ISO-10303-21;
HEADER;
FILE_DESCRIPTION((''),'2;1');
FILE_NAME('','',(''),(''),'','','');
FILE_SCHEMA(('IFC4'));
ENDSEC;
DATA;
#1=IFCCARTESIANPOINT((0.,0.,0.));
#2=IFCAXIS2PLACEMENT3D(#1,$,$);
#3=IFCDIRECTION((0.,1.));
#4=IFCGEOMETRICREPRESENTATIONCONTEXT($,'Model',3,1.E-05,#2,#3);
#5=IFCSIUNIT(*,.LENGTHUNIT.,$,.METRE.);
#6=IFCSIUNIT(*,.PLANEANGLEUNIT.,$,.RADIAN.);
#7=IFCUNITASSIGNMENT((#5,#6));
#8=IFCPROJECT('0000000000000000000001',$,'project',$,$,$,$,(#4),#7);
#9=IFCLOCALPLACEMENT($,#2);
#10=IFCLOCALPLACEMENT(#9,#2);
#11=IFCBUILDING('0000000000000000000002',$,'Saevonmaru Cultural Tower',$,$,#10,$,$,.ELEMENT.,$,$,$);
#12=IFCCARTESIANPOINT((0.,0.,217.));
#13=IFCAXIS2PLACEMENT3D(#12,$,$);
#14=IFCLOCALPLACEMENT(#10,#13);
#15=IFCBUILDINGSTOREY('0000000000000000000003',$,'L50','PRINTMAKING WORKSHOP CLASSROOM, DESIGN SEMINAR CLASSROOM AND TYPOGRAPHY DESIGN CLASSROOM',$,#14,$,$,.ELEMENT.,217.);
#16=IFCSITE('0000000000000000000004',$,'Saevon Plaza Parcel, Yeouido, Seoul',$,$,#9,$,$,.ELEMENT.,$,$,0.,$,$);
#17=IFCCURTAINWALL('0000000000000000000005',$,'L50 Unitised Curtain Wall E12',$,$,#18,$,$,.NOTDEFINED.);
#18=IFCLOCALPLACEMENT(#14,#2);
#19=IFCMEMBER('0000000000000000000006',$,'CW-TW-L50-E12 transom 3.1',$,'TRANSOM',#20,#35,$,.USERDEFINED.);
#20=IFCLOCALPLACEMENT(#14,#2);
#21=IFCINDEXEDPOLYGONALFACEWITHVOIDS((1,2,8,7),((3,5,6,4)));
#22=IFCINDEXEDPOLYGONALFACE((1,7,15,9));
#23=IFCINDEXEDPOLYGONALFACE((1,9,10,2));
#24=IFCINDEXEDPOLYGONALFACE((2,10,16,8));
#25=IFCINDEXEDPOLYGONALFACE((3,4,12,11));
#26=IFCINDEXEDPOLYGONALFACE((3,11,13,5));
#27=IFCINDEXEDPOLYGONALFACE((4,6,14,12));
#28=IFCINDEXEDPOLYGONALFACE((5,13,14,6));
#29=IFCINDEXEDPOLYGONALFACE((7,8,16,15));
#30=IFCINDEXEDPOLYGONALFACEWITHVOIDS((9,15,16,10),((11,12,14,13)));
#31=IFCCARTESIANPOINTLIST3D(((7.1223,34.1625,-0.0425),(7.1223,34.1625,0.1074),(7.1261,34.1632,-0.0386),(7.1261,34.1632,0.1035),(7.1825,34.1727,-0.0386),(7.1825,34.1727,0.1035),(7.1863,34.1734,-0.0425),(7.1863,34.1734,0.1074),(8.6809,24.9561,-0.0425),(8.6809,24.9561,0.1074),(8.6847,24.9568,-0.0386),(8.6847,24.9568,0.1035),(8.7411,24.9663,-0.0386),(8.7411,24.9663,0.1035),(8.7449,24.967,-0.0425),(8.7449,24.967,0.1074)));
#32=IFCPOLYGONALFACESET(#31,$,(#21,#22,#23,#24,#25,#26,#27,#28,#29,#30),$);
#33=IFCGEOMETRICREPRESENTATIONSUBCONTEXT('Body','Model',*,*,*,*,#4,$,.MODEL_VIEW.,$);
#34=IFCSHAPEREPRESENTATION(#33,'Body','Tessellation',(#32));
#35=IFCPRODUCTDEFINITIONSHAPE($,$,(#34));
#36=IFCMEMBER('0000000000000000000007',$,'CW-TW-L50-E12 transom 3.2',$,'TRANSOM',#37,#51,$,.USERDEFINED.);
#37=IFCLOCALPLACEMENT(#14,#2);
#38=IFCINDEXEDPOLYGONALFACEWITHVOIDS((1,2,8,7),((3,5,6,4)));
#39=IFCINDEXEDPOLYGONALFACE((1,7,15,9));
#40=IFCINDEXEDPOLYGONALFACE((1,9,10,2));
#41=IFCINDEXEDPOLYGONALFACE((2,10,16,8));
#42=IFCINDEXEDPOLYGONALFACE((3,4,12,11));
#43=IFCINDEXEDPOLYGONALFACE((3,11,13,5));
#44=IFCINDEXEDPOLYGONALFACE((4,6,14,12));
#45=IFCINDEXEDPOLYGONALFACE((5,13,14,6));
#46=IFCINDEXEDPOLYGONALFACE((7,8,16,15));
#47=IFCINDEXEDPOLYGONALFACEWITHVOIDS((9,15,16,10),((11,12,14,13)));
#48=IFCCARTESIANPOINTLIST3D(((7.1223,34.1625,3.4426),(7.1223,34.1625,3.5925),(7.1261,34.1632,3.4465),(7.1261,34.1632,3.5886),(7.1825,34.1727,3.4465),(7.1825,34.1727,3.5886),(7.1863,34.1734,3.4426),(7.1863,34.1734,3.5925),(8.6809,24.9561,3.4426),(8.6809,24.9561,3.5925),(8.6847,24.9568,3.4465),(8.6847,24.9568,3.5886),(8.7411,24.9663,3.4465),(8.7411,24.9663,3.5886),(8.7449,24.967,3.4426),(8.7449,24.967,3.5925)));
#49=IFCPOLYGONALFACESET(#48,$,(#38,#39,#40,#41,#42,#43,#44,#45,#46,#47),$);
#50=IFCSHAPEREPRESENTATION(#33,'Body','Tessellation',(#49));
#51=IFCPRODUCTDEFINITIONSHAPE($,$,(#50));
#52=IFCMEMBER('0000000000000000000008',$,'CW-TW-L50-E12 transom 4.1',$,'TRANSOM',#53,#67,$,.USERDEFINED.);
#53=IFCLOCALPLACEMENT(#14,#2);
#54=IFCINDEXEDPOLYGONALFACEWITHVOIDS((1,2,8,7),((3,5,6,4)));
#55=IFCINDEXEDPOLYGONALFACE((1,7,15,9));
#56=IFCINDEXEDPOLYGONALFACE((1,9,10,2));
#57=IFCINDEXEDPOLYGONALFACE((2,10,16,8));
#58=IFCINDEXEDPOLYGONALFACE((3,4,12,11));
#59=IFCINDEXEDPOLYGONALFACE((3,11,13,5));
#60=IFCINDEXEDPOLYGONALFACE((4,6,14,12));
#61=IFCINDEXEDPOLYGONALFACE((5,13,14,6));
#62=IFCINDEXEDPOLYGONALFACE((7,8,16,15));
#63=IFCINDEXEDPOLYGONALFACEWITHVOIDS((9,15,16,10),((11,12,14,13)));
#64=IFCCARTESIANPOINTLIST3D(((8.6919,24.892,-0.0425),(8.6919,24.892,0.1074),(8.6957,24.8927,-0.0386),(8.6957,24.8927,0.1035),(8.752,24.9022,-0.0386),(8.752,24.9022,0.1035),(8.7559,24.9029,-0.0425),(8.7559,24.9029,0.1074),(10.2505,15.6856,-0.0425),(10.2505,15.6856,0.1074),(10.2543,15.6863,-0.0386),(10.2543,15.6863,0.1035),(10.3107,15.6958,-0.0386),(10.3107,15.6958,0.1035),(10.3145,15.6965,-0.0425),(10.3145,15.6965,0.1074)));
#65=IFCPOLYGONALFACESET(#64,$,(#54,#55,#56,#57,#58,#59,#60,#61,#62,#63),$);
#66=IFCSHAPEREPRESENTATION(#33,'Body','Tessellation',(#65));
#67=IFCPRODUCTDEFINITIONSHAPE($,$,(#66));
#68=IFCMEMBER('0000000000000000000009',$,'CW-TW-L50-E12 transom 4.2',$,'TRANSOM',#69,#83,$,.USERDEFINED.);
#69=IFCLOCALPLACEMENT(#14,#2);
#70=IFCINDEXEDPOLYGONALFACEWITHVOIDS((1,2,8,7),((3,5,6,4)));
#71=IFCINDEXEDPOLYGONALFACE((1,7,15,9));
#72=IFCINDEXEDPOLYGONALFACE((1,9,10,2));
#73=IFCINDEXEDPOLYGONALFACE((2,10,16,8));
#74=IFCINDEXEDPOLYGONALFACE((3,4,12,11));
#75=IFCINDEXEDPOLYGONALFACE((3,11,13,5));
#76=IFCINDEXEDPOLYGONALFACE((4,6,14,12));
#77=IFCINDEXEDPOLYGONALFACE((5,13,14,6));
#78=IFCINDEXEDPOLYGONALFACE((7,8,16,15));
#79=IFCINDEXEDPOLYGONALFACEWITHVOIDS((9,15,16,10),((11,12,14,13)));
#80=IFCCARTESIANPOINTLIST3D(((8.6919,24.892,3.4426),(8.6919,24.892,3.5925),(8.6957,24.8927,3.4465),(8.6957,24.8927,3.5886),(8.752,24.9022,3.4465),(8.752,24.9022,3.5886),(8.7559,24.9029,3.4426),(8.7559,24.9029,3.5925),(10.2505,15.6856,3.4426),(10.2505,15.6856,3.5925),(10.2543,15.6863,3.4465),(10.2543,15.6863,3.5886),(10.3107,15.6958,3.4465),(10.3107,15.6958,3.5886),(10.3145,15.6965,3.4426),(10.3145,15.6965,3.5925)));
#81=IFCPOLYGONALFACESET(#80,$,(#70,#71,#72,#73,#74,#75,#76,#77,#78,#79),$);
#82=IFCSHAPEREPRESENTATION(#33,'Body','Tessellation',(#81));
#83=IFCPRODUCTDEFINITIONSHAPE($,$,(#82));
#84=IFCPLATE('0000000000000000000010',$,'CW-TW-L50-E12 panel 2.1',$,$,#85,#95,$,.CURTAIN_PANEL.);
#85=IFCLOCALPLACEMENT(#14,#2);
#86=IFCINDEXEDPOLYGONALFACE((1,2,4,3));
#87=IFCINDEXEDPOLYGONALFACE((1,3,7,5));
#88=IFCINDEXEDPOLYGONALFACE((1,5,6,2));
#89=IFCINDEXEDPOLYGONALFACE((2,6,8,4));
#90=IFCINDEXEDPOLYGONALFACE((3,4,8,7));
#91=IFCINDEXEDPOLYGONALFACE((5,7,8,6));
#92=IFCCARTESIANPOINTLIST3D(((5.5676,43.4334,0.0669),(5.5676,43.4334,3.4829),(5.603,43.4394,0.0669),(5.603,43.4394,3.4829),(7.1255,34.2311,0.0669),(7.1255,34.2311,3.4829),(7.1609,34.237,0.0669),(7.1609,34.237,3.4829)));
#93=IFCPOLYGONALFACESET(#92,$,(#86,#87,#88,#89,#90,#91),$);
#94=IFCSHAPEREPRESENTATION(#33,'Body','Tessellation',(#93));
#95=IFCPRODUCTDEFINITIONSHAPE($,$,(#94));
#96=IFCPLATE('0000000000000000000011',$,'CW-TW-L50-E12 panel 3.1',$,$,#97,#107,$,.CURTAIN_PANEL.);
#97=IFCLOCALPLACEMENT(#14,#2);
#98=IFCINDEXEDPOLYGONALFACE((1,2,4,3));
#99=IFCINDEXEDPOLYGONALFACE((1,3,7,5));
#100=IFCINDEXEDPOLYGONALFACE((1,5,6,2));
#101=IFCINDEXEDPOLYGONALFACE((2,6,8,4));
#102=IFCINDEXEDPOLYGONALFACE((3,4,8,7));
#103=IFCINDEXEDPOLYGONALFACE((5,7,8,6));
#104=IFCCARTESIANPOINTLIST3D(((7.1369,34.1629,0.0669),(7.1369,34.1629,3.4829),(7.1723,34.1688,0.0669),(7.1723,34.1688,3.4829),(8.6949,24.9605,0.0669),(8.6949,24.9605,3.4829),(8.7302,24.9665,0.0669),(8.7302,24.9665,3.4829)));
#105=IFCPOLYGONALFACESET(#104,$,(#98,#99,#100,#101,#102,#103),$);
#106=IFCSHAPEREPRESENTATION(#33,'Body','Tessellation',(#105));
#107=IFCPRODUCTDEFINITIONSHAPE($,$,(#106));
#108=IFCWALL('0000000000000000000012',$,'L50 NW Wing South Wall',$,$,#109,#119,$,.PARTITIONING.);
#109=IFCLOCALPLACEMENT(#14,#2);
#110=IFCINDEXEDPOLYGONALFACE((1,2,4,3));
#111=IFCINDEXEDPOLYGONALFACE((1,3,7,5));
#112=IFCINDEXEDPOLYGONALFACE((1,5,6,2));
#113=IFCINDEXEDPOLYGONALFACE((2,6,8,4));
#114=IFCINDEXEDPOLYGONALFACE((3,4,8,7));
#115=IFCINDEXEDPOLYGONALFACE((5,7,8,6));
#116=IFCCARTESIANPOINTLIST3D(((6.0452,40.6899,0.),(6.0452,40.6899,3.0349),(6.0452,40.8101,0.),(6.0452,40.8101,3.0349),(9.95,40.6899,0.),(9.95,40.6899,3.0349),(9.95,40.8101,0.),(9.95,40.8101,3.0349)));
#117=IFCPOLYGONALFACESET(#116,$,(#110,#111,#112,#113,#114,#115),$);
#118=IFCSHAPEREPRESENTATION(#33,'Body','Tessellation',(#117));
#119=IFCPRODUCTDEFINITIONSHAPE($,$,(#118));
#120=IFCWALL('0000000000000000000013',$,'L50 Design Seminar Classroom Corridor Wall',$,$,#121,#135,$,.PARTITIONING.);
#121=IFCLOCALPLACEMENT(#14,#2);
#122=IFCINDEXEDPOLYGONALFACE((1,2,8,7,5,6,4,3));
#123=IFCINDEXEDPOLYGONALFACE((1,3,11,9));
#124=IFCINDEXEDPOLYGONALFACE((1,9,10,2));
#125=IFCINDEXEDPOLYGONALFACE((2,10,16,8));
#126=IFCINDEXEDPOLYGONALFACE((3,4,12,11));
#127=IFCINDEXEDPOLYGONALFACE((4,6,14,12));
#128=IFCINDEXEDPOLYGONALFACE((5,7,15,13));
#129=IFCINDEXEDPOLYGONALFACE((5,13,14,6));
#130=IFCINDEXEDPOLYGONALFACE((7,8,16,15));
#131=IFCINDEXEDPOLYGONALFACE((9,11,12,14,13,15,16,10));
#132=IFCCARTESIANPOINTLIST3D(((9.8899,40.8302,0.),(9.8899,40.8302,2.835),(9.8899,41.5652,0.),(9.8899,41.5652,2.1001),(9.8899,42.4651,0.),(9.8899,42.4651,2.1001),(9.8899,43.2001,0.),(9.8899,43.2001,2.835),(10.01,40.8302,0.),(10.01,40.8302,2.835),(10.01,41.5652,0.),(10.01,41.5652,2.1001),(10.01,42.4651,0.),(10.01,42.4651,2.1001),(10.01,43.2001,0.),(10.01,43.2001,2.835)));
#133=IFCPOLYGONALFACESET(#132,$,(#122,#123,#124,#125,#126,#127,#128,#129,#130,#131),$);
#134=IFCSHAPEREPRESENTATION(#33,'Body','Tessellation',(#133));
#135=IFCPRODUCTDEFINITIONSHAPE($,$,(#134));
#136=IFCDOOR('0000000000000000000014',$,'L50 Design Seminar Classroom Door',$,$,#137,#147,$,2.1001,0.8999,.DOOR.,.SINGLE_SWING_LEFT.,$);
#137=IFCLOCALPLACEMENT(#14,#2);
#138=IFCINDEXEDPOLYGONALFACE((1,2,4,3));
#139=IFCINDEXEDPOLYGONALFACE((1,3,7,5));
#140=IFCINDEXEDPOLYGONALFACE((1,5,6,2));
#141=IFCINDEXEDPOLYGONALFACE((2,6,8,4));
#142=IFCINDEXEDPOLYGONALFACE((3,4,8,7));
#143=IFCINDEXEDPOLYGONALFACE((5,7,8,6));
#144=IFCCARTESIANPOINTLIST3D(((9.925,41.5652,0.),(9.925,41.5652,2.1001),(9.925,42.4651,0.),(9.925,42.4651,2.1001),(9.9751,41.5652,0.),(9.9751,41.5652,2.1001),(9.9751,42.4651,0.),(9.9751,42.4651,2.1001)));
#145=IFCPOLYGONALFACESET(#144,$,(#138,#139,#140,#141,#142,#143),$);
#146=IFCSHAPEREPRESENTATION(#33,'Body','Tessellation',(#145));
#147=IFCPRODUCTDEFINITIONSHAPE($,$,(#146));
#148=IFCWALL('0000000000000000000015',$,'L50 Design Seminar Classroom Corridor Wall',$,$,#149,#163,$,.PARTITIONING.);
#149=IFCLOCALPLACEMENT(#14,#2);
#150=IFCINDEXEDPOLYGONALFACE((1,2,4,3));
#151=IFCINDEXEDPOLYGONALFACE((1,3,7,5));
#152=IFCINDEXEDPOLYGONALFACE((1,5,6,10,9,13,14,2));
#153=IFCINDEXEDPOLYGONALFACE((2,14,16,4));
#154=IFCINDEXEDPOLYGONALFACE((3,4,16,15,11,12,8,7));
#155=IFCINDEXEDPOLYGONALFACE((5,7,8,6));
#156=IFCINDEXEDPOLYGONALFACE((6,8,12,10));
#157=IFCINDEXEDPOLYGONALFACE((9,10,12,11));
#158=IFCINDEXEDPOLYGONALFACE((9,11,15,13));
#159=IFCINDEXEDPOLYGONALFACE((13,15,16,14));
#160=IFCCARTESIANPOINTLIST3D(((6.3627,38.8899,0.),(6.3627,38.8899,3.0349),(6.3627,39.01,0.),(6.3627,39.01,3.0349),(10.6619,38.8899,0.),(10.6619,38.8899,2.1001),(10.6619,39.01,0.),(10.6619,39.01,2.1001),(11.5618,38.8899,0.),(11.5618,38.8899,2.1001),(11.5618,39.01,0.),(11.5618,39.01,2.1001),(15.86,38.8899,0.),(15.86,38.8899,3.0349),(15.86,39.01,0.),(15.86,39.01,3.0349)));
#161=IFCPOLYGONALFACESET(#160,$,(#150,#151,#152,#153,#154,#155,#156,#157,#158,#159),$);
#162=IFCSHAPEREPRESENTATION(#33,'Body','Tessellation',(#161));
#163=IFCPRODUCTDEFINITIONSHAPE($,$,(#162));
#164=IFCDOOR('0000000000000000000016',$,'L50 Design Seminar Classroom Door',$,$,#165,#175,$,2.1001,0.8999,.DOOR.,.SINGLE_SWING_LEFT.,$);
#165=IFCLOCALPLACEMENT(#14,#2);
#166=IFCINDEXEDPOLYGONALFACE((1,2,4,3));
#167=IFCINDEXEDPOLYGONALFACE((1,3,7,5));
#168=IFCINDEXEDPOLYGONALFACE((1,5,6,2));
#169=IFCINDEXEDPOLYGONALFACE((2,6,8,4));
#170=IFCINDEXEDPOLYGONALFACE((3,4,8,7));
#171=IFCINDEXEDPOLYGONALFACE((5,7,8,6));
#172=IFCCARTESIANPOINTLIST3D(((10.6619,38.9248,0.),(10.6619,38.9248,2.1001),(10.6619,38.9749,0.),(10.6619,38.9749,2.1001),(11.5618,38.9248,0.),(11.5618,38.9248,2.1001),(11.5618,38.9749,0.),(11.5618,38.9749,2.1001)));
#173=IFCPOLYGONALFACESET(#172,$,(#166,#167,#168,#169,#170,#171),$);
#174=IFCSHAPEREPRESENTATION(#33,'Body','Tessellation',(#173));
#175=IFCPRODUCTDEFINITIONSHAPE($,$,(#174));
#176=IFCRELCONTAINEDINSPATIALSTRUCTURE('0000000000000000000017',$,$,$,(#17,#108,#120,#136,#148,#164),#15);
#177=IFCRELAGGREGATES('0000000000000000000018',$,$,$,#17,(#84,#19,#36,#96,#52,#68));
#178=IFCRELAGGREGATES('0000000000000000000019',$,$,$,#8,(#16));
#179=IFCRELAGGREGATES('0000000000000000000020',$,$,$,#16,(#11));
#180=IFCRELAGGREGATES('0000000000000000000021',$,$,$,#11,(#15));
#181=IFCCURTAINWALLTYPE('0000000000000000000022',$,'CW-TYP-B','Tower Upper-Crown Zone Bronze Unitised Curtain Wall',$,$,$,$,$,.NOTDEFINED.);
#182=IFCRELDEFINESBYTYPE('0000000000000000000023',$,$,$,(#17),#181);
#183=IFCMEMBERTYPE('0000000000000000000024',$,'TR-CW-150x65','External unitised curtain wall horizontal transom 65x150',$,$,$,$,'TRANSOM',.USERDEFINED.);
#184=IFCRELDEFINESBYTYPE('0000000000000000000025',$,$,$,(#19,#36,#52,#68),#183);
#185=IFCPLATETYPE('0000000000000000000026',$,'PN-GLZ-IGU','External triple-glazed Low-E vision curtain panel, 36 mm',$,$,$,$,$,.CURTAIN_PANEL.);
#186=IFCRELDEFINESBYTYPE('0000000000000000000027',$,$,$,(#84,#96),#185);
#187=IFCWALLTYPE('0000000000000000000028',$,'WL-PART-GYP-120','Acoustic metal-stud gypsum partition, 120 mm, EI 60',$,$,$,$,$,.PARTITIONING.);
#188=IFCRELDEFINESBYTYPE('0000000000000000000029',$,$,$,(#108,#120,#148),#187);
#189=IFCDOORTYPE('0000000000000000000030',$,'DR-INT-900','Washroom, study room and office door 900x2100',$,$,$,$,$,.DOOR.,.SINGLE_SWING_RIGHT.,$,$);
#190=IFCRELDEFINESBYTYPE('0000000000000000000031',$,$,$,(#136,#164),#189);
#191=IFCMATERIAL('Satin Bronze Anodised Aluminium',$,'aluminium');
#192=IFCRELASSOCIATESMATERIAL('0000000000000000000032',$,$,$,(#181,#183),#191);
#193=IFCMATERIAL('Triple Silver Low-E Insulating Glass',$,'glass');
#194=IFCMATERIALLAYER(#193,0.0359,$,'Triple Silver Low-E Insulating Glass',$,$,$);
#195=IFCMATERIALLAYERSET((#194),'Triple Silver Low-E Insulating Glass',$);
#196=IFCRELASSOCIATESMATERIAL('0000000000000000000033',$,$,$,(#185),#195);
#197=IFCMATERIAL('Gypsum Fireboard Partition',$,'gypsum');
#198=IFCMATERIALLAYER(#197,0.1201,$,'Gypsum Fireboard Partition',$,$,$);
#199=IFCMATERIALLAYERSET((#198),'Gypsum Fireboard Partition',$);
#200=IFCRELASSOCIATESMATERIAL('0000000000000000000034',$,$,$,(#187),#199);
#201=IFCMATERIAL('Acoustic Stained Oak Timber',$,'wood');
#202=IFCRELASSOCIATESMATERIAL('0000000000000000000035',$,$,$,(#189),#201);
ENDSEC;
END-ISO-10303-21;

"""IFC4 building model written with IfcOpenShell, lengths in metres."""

from ifc_helpers import new_model, si_unit, direction, frame, frame_2d, origin, origin_2d, place, context, subcontext, project, spatial, rectangle, hollow_rectangle, extrude, material, layer, layer_set, material_profile, profile_set, type_object, element, fill, aggregate, save


model = new_model("IFC4")

# Units and contexts
model_context = context("Model", 3, precision=1e-05, world=origin(), true_north=direction((0.0, 1.0)))
body_context = subcontext(model_context, "Body", "Model", "MODEL_VIEW")
ifc_project = project(units=[si_unit("LENGTHUNIT", "METRE"), si_unit("PLANEANGLEUNIT", "RADIAN")], contexts=[model_context])

# Site, building, storey
site_placement = place(None, origin())
site = spatial("IfcSite", under=ifc_project, at=site_placement, Name="Saevon Plaza Parcel, Yeouido, Seoul", CompositionType="ELEMENT", RefElevation=0.0)
building_placement = place(site_placement, origin())
building = spatial("IfcBuilding", under=site, at=building_placement, Name="Saevonmaru Cultural Tower", CompositionType="ELEMENT")
storey_placement = place(building_placement, frame((0.0, 0.0, 217.0)))
storey = spatial("IfcBuildingStorey", under=building, at=storey_placement, Name="L50", Description="PRINTMAKING WORKSHOP CLASSROOM, DESIGN SEMINAR CLASSROOM AND TYPOGRAPHY DESIGN CLASSROOM", CompositionType="ELEMENT", Elevation=217.0)

# Curtain wall, members, plates
ifc_material_1 = material(Name="Satin Bronze Anodised Aluminium", Category="aluminium")
curtain_wall_type = type_object("IfcCurtainWallType", Name="CW-TYP-B", Description="Tower Upper-Crown Zone Bronze Unitised Curtain Wall", PredefinedType="NOTDEFINED", material=ifc_material_1)
curtain_wall_placement = place(storey_placement, origin())
curtain_wall = element("IfcCurtainWall", 1, at=curtain_wall_placement, inside=storey, type_object=curtain_wall_type, Name="L50 Unitised Curtain Wall E12", PredefinedType="NOTDEFINED")
ifc_material_profile_1 = material_profile(ifc_material_1, hollow_rectangle(XDim=0.0649, YDim=0.1499, WallThickness=0.0039, at=origin_2d()), Name="ALU-TRAN-150x65x4")
ifc_profile_set_1 = profile_set([ifc_material_profile_1], Name="Satin Bronze Anodised Aluminium")
member_type_1 = type_object("IfcMemberType", Name="TR-CW-150x65", Description="External unitised curtain wall horizontal transom 65x150", ElementType="TRANSOM", PredefinedType="USERDEFINED", material=ifc_profile_set_1)
member_1_placement = place(storey_placement, frame((7.1543, 34.168, 0.0325), z_axis=(0.166921, -0.98597, 0.0), x_axis=(0.98597, 0.166921, 0.0)))
member_1 = element("IfcMember", 2, at=member_1_placement, type_object=member_type_1, Name="CW-TW-L50-E12 transom 3.1", ObjectType="TRANSOM", PredefinedType="USERDEFINED", context=body_context, shape_type="SweptSolid", body=[
    extrude(hollow_rectangle(XDim=0.0649, YDim=0.1499, WallThickness=0.0039, at=origin_2d()), origin(), (0.0, 0.0, 1.0), 9.3374),
])
member_2_placement = place(storey_placement, frame((7.1543, 34.168, 3.5176), z_axis=(0.166921, -0.98597, 0.0), x_axis=(0.98597, 0.166921, 0.0)))
member_2 = element("IfcMember", 3, at=member_2_placement, type_object=member_type_1, Name="CW-TW-L50-E12 transom 3.2", ObjectType="TRANSOM", PredefinedType="USERDEFINED", context=body_context, shape_type="SweptSolid", body=[
    extrude(hollow_rectangle(XDim=0.0649, YDim=0.1499, WallThickness=0.0039, at=origin_2d()), origin(), (0.0, 0.0, 1.0), 9.3374),
])
member_3_placement = place(storey_placement, frame((8.7239, 24.8975, 0.0325), z_axis=(0.166921, -0.98597, 0.0), x_axis=(0.98597, 0.166921, 0.0)))
member_3 = element("IfcMember", 4, at=member_3_placement, type_object=member_type_1, Name="CW-TW-L50-E12 transom 4.1", ObjectType="TRANSOM", PredefinedType="USERDEFINED", context=body_context, shape_type="SweptSolid", body=[
    extrude(hollow_rectangle(XDim=0.0649, YDim=0.1499, WallThickness=0.0039, at=origin_2d()), origin(), (0.0, 0.0, 1.0), 9.3374),
])
member_4_placement = place(storey_placement, frame((8.7239, 24.8975, 3.5176), z_axis=(0.166921, -0.98597, 0.0), x_axis=(0.98597, 0.166921, 0.0)))
member_4 = element("IfcMember", 5, at=member_4_placement, type_object=member_type_1, Name="CW-TW-L50-E12 transom 4.2", ObjectType="TRANSOM", PredefinedType="USERDEFINED", context=body_context, shape_type="SweptSolid", body=[
    extrude(hollow_rectangle(XDim=0.0649, YDim=0.1499, WallThickness=0.0039, at=origin_2d()), origin(), (0.0, 0.0, 1.0), 9.3374),
])
ifc_material_2 = material(Name="Triple Silver Low-E Insulating Glass", Category="glass")
ifc_layer_1 = layer(ifc_material_2, 0.0359, Name="Triple Silver Low-E Insulating Glass")
ifc_layer_set_1 = layer_set([ifc_layer_1], Name="Triple Silver Low-E Insulating Glass")
plate_type = type_object("IfcPlateType", Name="PN-GLZ-IGU", Description="External triple-glazed Low-E vision curtain panel, 36 mm", PredefinedType="CURTAIN_PANEL", material=ifc_layer_set_1)
plate_1_placement = place(storey_placement, frame((6.3643, 38.8352, 0.0669), z_axis=(0.0, 0.0, 1.0), x_axis=(0.166922, -0.98597, 0.0)))
plate_1 = element("IfcPlate", 6, at=plate_1_placement, type_object=plate_type, Name="CW-TW-L50-E12 panel 2.1", PredefinedType="CURTAIN_PANEL", context=body_context, shape_type="SweptSolid", body=[
    extrude(rectangle(XDim=9.3333, YDim=0.0359, at=origin_2d()), origin(), (0.0, 0.0, 1.0), 3.416),
])
plate_2_placement = place(storey_placement, frame((7.9336, 29.5647, 0.0669), z_axis=(0.0, 0.0, 1.0), x_axis=(0.166922, -0.98597, 0.0)))
plate_2 = element("IfcPlate", 7, at=plate_2_placement, type_object=plate_type, Name="CW-TW-L50-E12 panel 3.1", PredefinedType="CURTAIN_PANEL", context=body_context, shape_type="SweptSolid", body=[
    extrude(rectangle(XDim=9.3333, YDim=0.0359, at=origin_2d()), origin(), (0.0, 0.0, 1.0), 3.416),
])
aggregate(curtain_wall, [plate_1, member_1, member_2, plate_2, member_3, member_4])

# Wall
ifc_material_3 = material(Name="Gypsum Fireboard Partition", Category="gypsum")
ifc_layer_2 = layer(ifc_material_3, 0.1201, Name="Gypsum Fireboard Partition")
ifc_layer_set_2 = layer_set([ifc_layer_2], Name="Gypsum Fireboard Partition")
wall_type = type_object("IfcWallType", Name="WL-PART-GYP-120", Description="Acoustic metal-stud gypsum partition, 120 mm, EI 60", PredefinedType="PARTITIONING", material=ifc_layer_set_2)
wall_1_placement = place(storey_placement, frame((6.0452, 40.75, 0.0), z_axis=(0.0, 0.0, 1.0), x_axis=(1.0, 0.0, 0.0)))
element("IfcWall", 8, at=wall_1_placement, inside=storey, type_object=wall_type, Name="L50 NW Wing South Wall", PredefinedType="PARTITIONING", context=body_context, shape_type="SweptSolid", body=[
    extrude(rectangle(XDim=3.9048, YDim=0.1201, at=frame_2d((1.9524, 0.0))), origin(), (0.0, 0.0, 1.0), 3.0349),
])

# Walls, openings, doors
wall_2_placement = place(storey_placement, frame((9.95, 40.8301, 0.0), z_axis=(0.0, 0.0, 1.0), x_axis=(0.0, 1.0, 0.0)))
wall_2 = element("IfcWall", 9, at=wall_2_placement, inside=storey, type_object=wall_type, Name="L50 Design Seminar Classroom Corridor Wall", PredefinedType="PARTITIONING", context=body_context, shape_type="SweptSolid", body=[
    extrude(rectangle(XDim=2.3699, YDim=0.1201, at=frame_2d((1.1851, 0.0))), origin(), (0.0, 0.0, 1.0), 2.835),
])
opening_1_placement = place(wall_2_placement, frame((0.7351, 0.0, 0.0)))
opening_1 = element("IfcOpeningElement", 10, at=opening_1_placement, cuts=wall_2, PredefinedType="OPENING", context=body_context, shape_type="SweptSolid", body=[
    extrude(rectangle(XDim=0.8999, YDim=2.1001, at=frame_2d((0.45, 1.05))), frame((0.0, 0.0701, 0.0), z_axis=(0.0, -1.0, 0.0), x_axis=(1.0, 0.0, 0.0)), (0.0, 0.0, 1.0), 0.1401),
])
ifc_material_4 = material(Name="Acoustic Stained Oak Timber", Category="wood")
door_type = type_object("IfcDoorType", Name="DR-INT-900", Description="Washroom, study room and office door 900x2100", OperationType="SINGLE_SWING_RIGHT", PredefinedType="DOOR", material=ifc_material_4)
door_1_placement = place(opening_1_placement, origin())
door_1 = element("IfcDoor", 11, at=door_1_placement, inside=storey, type_object=door_type, Name="L50 Design Seminar Classroom Door", OperationType="SINGLE_SWING_LEFT", OverallHeight=2.1001, OverallWidth=0.8999, PredefinedType="DOOR", context=body_context, shape_type="SweptSolid", body=[
    extrude(rectangle(XDim=0.8999, YDim=2.1001, at=frame_2d((0.45, 1.05))), frame((0.0, 0.0249, 0.0), z_axis=(0.0, -1.0, 0.0), x_axis=(1.0, 0.0, 0.0)), (0.0, 0.0, 1.0), 0.05),
])
fill(opening_1, door_1)
wall_3_placement = place(storey_placement, frame((6.3628, 38.95, 0.0), z_axis=(0.0, 0.0, 1.0), x_axis=(1.0, 0.0, 0.0)))
wall_3 = element("IfcWall", 12, at=wall_3_placement, inside=storey, type_object=wall_type, Name="L50 Design Seminar Classroom Corridor Wall", PredefinedType="PARTITIONING", context=body_context, shape_type="SweptSolid", body=[
    extrude(rectangle(XDim=9.4973, YDim=0.1201, at=frame_2d((4.7485, 0.0))), origin(), (0.0, 0.0, 1.0), 3.0349),
])
opening_2_placement = place(wall_3_placement, frame((4.2991, 0.0, 0.0)))
opening_2 = element("IfcOpeningElement", 13, at=opening_2_placement, cuts=wall_3, PredefinedType="OPENING", context=body_context, shape_type="SweptSolid", body=[
    extrude(rectangle(XDim=0.8999, YDim=2.1001, at=frame_2d((0.45, 1.05))), frame((0.0, 0.0701, 0.0), z_axis=(0.0, -1.0, 0.0), x_axis=(1.0, 0.0, 0.0)), (0.0, 0.0, 1.0), 0.1401),
])
door_2_placement = place(opening_2_placement, origin())
door_2 = element("IfcDoor", 14, at=door_2_placement, inside=storey, type_object=door_type, Name="L50 Design Seminar Classroom Door", OperationType="SINGLE_SWING_LEFT", OverallHeight=2.1001, OverallWidth=0.8999, PredefinedType="DOOR", context=body_context, shape_type="SweptSolid", body=[
    extrude(rectangle(XDim=0.8999, YDim=2.1001, at=frame_2d((0.45, 1.05))), frame((0.0, 0.0249, 0.0), z_axis=(0.0, -1.0, 0.0), x_axis=(1.0, 0.0, 0.0)), (0.0, 0.0, 1.0), 0.05),
])
fill(opening_2, door_2)

save(model, "model.ifc")
